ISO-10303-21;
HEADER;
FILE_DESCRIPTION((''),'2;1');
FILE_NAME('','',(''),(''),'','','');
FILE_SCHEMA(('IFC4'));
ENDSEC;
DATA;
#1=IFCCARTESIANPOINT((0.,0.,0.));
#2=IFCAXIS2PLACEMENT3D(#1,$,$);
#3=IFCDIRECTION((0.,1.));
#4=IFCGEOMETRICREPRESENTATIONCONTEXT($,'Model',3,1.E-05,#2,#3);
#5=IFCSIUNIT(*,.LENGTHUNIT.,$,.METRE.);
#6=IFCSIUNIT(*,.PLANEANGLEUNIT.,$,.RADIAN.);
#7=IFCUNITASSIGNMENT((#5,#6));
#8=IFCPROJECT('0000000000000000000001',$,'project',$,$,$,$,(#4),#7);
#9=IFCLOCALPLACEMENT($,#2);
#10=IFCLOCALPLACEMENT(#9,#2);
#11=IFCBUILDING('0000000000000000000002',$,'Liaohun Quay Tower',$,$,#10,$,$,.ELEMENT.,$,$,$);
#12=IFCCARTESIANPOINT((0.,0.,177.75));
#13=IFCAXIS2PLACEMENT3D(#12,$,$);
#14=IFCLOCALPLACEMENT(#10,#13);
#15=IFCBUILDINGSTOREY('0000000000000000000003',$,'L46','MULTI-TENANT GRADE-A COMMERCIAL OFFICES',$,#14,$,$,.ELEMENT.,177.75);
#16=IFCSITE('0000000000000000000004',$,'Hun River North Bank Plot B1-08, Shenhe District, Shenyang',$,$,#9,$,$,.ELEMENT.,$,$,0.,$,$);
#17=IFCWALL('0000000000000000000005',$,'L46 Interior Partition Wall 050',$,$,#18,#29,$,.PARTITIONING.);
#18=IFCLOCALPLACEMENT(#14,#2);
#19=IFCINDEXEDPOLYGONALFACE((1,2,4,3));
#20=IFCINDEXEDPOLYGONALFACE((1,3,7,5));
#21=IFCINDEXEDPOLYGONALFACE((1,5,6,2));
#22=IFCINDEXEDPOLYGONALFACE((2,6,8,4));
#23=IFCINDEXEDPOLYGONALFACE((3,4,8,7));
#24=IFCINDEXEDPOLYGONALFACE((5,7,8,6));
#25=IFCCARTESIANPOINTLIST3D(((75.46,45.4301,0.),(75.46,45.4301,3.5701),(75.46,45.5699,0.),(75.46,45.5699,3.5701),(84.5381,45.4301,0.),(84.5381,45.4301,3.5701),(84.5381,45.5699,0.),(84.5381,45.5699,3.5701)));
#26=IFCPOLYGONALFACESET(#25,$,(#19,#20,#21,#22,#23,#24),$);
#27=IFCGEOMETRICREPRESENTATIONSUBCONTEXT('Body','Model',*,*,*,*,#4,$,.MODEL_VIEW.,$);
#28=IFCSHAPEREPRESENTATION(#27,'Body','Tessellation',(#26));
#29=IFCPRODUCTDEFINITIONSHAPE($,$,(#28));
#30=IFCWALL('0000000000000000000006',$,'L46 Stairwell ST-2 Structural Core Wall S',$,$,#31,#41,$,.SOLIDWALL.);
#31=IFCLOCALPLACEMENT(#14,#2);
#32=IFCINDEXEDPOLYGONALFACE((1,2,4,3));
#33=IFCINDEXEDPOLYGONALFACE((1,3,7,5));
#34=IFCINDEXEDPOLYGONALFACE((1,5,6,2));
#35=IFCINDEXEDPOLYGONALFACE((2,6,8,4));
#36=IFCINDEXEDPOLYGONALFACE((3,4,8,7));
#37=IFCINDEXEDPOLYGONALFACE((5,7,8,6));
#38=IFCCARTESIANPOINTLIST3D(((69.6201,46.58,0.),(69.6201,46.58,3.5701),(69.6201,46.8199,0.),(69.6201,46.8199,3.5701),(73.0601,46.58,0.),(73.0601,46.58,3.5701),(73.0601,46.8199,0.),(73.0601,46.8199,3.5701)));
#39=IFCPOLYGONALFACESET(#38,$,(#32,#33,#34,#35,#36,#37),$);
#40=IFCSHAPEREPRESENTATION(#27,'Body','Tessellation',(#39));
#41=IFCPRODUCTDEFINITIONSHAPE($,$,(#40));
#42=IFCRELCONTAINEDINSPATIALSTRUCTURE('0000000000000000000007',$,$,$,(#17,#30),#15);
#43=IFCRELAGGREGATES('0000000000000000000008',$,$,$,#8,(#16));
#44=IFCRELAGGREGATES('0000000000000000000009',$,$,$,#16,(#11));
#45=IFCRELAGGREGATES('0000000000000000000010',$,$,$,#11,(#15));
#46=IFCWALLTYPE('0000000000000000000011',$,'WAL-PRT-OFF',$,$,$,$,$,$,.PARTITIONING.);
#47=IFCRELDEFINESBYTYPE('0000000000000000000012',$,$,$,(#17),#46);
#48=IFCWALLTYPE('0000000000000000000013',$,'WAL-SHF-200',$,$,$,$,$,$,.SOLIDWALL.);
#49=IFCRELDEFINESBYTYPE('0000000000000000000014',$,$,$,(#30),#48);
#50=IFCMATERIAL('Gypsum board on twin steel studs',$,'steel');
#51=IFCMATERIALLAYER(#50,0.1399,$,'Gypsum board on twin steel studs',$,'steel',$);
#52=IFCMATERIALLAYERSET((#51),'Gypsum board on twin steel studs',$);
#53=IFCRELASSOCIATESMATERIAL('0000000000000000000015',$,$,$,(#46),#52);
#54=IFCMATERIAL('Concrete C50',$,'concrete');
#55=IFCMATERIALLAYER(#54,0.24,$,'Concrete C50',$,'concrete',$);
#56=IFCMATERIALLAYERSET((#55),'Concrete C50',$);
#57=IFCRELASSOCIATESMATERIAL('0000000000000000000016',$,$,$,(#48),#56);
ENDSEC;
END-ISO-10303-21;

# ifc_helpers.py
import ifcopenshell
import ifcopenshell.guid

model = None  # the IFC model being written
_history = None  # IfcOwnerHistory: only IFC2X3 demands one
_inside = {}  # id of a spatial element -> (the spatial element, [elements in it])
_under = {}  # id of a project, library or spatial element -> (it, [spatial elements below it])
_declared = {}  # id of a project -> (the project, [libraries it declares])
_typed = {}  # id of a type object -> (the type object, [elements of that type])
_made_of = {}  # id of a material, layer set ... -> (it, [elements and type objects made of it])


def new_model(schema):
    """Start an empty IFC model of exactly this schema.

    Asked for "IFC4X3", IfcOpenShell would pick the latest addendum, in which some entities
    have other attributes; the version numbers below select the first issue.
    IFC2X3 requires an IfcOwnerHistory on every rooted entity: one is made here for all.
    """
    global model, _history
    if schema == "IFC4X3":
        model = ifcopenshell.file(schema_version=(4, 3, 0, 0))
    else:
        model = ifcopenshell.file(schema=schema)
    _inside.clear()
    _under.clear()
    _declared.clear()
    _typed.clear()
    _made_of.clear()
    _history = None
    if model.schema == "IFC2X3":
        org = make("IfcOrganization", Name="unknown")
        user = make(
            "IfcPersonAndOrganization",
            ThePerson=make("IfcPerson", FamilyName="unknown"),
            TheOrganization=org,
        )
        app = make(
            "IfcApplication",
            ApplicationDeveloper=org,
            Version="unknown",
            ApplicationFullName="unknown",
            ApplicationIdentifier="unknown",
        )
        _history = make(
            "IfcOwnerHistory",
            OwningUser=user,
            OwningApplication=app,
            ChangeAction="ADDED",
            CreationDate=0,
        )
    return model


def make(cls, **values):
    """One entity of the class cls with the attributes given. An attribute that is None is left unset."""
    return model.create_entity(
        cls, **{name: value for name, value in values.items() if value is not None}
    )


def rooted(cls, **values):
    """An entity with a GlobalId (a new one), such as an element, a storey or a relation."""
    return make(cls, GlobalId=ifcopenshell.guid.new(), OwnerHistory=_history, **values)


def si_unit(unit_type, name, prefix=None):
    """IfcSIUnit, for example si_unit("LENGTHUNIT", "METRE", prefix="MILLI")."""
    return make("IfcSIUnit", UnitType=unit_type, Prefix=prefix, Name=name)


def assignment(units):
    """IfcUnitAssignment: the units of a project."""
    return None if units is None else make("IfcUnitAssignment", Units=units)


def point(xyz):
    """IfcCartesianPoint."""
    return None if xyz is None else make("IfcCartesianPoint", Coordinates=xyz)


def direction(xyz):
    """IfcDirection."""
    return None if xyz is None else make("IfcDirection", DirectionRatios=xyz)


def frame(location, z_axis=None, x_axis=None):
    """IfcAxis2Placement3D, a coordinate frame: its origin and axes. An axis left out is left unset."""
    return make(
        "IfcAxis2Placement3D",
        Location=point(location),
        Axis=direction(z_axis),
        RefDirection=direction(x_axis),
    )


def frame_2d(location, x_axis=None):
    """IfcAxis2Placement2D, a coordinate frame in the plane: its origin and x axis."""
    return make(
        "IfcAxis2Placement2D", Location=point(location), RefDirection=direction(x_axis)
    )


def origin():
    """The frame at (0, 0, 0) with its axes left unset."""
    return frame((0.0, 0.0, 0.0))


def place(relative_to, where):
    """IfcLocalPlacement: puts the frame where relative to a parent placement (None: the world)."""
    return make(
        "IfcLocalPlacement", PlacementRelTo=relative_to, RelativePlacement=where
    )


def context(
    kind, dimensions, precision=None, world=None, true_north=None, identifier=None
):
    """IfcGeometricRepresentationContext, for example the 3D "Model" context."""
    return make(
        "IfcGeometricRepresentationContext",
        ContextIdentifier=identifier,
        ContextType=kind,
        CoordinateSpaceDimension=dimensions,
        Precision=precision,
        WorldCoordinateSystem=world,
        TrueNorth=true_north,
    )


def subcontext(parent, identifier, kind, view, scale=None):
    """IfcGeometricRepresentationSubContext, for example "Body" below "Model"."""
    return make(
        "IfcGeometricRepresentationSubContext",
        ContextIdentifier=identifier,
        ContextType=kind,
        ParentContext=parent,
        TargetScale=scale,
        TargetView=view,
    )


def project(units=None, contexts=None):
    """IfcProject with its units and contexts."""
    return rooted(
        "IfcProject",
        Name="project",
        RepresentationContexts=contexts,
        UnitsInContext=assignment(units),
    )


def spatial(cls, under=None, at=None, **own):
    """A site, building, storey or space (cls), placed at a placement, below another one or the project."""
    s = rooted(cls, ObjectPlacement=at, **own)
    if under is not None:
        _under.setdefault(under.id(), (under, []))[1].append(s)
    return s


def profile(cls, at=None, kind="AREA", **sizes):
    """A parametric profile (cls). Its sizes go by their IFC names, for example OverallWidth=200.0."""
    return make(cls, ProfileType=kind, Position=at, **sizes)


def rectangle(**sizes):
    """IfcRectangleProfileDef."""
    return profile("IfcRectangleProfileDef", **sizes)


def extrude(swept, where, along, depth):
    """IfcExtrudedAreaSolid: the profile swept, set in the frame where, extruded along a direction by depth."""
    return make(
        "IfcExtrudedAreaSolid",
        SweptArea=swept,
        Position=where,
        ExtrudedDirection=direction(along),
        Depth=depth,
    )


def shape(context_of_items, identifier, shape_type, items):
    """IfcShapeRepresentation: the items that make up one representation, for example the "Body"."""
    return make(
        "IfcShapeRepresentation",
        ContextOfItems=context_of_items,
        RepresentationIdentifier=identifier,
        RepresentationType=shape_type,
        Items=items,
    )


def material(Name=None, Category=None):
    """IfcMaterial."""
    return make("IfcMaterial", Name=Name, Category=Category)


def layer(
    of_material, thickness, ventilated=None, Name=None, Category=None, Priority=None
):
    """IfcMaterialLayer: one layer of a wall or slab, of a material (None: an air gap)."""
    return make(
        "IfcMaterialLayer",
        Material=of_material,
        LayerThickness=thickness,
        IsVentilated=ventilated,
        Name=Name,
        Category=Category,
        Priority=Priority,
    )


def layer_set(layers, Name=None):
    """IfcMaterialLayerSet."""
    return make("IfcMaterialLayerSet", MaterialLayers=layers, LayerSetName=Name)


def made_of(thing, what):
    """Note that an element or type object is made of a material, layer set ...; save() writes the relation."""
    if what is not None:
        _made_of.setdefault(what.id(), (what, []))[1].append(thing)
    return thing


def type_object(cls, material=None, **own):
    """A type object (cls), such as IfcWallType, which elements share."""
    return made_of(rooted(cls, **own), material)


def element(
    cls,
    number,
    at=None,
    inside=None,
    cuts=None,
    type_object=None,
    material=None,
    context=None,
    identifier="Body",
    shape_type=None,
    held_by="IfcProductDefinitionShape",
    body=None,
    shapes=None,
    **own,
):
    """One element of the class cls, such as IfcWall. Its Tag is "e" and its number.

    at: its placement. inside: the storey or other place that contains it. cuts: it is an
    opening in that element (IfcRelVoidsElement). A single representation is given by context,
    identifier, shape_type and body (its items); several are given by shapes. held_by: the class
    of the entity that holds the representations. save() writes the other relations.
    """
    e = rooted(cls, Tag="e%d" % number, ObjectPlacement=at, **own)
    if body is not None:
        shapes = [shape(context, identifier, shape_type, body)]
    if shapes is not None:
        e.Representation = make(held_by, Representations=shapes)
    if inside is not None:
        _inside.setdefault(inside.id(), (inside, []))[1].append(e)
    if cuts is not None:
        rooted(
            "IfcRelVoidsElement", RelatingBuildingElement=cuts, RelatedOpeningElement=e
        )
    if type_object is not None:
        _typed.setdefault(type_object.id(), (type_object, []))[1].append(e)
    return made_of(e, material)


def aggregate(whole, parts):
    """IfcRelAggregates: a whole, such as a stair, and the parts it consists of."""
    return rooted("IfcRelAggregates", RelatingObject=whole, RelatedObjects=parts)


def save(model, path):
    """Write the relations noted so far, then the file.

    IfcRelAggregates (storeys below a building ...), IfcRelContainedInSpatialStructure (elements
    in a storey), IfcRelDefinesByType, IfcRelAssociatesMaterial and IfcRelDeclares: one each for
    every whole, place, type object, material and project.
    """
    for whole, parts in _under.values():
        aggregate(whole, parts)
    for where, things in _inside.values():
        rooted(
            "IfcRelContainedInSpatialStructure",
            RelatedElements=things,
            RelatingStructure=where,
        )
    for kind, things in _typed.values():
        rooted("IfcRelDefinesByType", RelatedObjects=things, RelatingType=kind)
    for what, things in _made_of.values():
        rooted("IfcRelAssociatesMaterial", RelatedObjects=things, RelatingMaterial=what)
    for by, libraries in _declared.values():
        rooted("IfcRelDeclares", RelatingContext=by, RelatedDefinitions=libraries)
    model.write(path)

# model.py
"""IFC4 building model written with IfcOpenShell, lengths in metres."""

from ifc_helpers import new_model, si_unit, direction, frame, frame_2d, origin, place, context, subcontext, project, spatial, rectangle, extrude, material, layer, layer_set, type_object, element, save


model = new_model("IFC4")

# Units and contexts
model_context = context("Model", 3, precision=1e-05, world=origin(), true_north=direction((0.0, 1.0)))
body_context = subcontext(model_context, "Body", "Model", "MODEL_VIEW")
ifc_project = project(units=[si_unit("LENGTHUNIT", "METRE"), si_unit("PLANEANGLEUNIT", "RADIAN")], contexts=[model_context])

# Site, building, storey
site_placement = place(None, origin())
site = spatial("IfcSite", under=ifc_project, at=site_placement, Name="Hun River North Bank Plot B1-08, Shenhe District, Shenyang", CompositionType="ELEMENT", RefElevation=0.0)
building_placement = place(site_placement, origin())
building = spatial("IfcBuilding", under=site, at=building_placement, Name="Liaohun Quay Tower", CompositionType="ELEMENT")
storey_placement = place(building_placement, frame((0.0, 0.0, 177.75)))
storey = spatial("IfcBuildingStorey", under=building, at=storey_placement, Name="L46", Description="MULTI-TENANT GRADE-A COMMERCIAL OFFICES", CompositionType="ELEMENT", Elevation=177.75)

# Walls
ifc_material_1 = material(Name="Gypsum board on twin steel studs", Category="steel")
ifc_layer_1 = layer(ifc_material_1, 0.1399, Name="Gypsum board on twin steel studs", Category="steel")
ifc_layer_set_1 = layer_set([ifc_layer_1], Name="Gypsum board on twin steel studs")
wall_type_1 = type_object("IfcWallType", Name="WAL-PRT-OFF", PredefinedType="PARTITIONING", material=ifc_layer_set_1)
wall_1_placement = place(storey_placement, frame((75.46, 45.5, 0.0), z_axis=(0.0, 0.0, 1.0), x_axis=(1.0, 0.0, 0.0)))
element("IfcWall", 1, at=wall_1_placement, inside=storey, type_object=wall_type_1, Name="L46 Interior Partition Wall 050", PredefinedType="PARTITIONING", context=body_context, shape_type="SweptSolid", body=[
    extrude(rectangle(XDim=9.0781, YDim=0.1399, at=frame_2d((4.5391, 0.0))), origin(), (0.0, 0.0, 1.0), 3.5701),
])
ifc_material_2 = material(Name="Concrete C50", Category="concrete")
ifc_layer_2 = layer(ifc_material_2, 0.24, Name="Concrete C50", Category="concrete")
ifc_layer_set_2 = layer_set([ifc_layer_2], Name="Concrete C50")
wall_type_2 = type_object("IfcWallType", Name="WAL-SHF-200", PredefinedType="SOLIDWALL", material=ifc_layer_set_2)
wall_2_placement = place(storey_placement, frame((69.6201, 46.7, 0.0), z_axis=(0.0, 0.0, 1.0), x_axis=(1.0, 0.0, 0.0)))
element("IfcWall", 2, at=wall_2_placement, inside=storey, type_object=wall_type_2, Name="L46 Stairwell ST-2 Structural Core Wall S", PredefinedType="SOLIDWALL", context=body_context, shape_type="SweptSolid", body=[
    extrude(rectangle(XDim=3.4399, YDim=0.24, at=frame_2d((1.72, 0.0))), origin(), (0.0, 0.0, 1.0), 3.5701),
])

save(model, "model.ifc")
